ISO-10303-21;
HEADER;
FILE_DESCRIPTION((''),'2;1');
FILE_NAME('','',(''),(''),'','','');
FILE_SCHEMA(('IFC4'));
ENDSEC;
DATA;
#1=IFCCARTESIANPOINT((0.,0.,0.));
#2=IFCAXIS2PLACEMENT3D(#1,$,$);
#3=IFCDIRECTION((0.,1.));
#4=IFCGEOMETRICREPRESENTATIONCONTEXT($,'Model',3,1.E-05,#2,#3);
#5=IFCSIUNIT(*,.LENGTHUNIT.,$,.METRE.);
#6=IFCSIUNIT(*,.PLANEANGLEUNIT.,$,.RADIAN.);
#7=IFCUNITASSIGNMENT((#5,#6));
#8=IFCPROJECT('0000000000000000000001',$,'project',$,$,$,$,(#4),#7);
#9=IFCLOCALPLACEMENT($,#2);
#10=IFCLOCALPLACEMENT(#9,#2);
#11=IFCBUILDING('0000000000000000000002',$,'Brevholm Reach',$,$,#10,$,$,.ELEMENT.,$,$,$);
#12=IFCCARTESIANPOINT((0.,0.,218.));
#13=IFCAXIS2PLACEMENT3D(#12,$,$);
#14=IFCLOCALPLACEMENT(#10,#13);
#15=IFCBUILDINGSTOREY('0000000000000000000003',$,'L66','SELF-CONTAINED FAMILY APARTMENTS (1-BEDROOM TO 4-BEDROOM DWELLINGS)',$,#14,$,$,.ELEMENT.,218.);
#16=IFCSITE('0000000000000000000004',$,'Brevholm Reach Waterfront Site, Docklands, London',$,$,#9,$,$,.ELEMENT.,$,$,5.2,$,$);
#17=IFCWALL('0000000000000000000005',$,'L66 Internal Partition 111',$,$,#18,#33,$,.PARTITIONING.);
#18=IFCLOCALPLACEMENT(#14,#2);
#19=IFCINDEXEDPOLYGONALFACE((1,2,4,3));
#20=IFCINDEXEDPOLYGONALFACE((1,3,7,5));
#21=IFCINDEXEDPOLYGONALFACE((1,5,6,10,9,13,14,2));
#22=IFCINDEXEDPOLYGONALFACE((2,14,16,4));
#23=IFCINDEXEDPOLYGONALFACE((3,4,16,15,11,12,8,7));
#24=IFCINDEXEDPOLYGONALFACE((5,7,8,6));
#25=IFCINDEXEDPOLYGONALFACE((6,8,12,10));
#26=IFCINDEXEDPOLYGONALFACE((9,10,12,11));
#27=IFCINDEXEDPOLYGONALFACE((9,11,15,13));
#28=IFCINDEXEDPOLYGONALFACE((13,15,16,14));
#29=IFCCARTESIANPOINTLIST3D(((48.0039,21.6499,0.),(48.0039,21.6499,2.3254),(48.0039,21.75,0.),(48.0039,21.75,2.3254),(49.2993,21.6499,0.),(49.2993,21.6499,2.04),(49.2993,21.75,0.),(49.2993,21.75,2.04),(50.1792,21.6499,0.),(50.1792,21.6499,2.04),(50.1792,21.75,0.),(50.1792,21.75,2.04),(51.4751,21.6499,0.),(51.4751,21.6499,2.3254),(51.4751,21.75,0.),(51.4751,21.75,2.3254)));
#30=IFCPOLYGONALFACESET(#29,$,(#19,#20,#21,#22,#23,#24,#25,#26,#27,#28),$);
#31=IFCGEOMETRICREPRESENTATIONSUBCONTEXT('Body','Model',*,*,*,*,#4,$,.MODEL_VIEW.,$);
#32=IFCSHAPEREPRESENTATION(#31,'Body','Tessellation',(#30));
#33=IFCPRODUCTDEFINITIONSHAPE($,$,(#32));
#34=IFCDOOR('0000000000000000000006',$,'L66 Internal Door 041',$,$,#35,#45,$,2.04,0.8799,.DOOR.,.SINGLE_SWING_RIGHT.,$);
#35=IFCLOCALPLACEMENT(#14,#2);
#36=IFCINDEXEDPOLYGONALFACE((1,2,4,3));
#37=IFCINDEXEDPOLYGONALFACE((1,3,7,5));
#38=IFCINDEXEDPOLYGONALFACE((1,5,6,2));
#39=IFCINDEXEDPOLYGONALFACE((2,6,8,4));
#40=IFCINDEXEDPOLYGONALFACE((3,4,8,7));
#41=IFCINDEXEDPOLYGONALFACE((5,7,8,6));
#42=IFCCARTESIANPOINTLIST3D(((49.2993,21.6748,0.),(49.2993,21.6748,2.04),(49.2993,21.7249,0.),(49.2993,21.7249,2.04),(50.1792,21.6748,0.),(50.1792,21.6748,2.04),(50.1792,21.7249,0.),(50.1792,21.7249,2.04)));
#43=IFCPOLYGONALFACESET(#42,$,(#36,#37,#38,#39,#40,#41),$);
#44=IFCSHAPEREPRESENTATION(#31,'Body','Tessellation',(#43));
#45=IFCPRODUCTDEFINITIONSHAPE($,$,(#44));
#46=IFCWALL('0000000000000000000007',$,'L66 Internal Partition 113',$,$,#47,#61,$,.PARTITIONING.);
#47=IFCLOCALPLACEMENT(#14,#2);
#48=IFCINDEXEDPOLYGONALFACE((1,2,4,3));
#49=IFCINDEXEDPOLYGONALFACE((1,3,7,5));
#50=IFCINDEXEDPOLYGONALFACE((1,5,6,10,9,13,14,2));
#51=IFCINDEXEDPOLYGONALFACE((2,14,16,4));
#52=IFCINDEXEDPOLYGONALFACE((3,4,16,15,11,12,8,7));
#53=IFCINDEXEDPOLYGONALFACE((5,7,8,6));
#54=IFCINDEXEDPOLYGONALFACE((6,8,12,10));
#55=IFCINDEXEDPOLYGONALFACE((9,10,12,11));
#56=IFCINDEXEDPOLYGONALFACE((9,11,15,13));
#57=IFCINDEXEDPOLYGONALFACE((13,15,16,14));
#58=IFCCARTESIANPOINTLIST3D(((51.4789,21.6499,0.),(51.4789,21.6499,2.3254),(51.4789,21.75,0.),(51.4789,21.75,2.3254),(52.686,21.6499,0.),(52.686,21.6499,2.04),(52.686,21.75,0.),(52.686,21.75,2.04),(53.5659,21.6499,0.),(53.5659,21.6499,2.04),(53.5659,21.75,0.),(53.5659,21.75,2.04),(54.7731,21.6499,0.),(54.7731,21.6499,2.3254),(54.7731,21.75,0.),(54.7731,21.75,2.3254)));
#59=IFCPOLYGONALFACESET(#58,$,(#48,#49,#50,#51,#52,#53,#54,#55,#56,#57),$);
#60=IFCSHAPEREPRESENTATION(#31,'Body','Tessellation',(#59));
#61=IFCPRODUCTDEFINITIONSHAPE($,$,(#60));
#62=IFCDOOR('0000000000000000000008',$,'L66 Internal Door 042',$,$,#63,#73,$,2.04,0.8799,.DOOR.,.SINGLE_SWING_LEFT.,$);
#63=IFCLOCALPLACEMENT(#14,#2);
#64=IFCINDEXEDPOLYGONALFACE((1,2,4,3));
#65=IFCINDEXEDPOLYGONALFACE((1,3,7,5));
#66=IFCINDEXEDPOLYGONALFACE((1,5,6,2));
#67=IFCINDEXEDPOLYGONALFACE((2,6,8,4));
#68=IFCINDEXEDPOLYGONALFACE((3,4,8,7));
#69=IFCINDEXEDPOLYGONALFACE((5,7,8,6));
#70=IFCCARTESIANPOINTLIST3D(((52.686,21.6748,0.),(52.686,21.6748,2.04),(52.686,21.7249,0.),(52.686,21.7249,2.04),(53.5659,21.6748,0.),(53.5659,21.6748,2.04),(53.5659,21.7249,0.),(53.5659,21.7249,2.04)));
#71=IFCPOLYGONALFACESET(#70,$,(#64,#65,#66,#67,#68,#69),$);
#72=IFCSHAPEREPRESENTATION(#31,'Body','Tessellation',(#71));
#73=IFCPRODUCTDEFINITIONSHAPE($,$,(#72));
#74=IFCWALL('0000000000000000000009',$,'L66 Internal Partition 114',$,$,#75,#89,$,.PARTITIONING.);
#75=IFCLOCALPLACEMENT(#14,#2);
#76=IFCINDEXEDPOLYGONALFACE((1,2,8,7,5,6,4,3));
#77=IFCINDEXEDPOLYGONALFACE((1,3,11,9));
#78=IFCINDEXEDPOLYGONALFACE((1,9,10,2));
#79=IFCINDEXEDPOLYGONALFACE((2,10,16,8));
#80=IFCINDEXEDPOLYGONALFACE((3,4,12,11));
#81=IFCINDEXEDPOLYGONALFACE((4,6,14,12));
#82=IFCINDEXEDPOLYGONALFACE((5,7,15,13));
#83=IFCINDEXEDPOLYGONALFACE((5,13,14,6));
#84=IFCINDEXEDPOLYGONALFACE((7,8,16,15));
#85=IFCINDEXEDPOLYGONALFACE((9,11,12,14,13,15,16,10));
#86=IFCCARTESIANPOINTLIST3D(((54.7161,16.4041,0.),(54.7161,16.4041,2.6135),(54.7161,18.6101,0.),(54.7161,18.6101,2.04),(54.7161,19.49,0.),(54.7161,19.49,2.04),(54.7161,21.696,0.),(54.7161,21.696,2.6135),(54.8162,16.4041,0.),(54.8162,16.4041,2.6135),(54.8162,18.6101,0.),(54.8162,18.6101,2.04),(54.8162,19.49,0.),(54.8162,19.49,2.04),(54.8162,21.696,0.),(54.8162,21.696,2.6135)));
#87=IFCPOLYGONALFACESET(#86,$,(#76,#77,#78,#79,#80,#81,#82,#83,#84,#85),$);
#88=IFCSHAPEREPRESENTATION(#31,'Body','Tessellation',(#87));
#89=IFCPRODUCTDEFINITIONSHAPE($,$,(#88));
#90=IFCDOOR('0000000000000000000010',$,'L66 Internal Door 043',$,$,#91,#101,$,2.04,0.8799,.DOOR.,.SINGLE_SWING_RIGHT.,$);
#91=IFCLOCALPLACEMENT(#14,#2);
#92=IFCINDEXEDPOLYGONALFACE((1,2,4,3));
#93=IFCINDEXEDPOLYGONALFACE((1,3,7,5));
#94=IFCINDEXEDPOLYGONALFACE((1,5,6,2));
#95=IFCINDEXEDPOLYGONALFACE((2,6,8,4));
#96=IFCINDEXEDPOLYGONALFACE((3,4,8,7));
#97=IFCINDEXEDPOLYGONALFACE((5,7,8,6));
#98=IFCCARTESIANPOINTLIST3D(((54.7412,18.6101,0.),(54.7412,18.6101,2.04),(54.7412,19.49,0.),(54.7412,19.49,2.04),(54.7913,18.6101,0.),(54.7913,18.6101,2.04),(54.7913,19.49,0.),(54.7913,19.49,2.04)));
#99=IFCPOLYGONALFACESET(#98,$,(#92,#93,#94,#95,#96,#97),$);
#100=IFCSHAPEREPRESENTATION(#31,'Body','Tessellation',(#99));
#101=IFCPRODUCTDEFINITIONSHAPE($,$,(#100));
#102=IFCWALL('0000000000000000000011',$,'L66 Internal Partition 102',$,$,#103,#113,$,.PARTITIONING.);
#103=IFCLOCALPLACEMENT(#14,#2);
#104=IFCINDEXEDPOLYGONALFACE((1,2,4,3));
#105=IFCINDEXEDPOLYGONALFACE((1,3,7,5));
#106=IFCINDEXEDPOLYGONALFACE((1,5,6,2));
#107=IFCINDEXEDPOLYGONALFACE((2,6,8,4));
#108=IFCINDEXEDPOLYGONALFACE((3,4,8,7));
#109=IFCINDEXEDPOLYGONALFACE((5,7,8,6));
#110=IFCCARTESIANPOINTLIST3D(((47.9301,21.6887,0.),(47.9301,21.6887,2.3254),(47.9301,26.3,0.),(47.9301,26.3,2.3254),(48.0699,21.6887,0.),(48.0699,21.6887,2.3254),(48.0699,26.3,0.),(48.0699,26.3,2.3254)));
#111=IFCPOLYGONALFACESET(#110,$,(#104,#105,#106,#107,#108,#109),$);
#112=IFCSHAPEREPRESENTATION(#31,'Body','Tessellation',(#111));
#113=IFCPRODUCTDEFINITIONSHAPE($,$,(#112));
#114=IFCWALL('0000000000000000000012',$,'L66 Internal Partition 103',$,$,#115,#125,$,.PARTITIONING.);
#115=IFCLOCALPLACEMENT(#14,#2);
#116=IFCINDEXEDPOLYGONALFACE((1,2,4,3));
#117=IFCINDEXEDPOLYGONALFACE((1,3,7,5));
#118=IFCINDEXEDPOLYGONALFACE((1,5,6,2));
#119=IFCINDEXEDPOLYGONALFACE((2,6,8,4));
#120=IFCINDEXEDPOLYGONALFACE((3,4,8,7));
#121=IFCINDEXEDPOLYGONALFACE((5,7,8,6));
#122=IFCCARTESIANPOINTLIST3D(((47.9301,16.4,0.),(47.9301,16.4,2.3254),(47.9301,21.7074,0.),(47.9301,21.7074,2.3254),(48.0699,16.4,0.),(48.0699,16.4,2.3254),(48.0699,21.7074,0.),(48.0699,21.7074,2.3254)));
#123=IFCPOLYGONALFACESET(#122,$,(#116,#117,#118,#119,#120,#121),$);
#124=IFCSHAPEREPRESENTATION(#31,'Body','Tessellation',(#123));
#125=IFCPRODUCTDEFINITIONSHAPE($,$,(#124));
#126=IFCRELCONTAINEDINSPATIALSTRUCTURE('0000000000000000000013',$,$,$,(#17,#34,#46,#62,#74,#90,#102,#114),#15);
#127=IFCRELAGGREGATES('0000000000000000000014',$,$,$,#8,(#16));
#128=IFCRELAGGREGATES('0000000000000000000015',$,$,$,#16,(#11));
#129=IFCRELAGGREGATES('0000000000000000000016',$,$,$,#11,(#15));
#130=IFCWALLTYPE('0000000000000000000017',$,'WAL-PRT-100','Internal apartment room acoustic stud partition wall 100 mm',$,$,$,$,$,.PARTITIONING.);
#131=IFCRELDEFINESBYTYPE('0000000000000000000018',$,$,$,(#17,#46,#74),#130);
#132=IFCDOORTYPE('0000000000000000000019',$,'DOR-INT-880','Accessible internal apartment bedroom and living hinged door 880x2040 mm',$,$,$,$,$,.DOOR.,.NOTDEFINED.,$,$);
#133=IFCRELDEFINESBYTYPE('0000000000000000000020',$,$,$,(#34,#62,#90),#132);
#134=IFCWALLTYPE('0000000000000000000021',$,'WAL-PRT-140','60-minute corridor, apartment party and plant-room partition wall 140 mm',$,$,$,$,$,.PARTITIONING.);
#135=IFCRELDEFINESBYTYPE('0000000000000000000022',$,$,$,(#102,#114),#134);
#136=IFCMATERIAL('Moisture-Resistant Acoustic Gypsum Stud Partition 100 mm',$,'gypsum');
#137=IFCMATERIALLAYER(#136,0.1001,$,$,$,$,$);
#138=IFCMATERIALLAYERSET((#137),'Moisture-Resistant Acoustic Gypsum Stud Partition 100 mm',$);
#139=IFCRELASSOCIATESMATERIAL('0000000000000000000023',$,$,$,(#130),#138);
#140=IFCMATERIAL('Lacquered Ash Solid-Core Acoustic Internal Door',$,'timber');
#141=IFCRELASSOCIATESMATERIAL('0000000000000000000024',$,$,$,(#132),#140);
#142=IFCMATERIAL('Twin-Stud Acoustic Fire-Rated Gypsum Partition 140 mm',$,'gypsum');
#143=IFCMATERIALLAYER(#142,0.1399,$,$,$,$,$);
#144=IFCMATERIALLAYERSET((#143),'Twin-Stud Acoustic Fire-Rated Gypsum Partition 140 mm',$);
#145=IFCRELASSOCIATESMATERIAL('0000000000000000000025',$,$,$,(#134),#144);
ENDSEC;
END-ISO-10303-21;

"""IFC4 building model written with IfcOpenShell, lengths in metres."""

from ifc_helpers import new_model, si_unit, direction, frame, frame_2d, origin, place, context, subcontext, project, spatial, rectangle, extrude, material, layer, layer_set, type_object, element, fill, save


model = new_model("IFC4")

# Units and contexts
model_context = context("Model", 3, precision=1e-05, world=origin(), true_north=direction((0.0, 1.0)))
body_context = subcontext(model_context, "Body", "Model", "MODEL_VIEW")
ifc_project = project(units=[si_unit("LENGTHUNIT", "METRE"), si_unit("PLANEANGLEUNIT", "RADIAN")], contexts=[model_context])

# Site, building, storey
site_placement = place(None, origin())
site = spatial("IfcSite", under=ifc_project, at=site_placement, Name="Brevholm Reach Waterfront Site, Docklands, London", CompositionType="ELEMENT", RefElevation=5.2)
building_placement = place(site_placement, origin())
building = spatial("IfcBuilding", under=site, at=building_placement, Name="Brevholm Reach", CompositionType="ELEMENT")
storey_placement = place(building_placement, frame((0.0, 0.0, 218.0)))
storey = spatial("IfcBuildingStorey", under=building, at=storey_placement, Name="L66", Description="SELF-CONTAINED FAMILY APARTMENTS (1-BEDROOM TO 4-BEDROOM DWELLINGS)", CompositionType="ELEMENT", Elevation=218.0)

# Shared definitions
ifc_material_1 = material(Name="Moisture-Resistant Acoustic Gypsum Stud Partition 100 mm", Category="gypsum")
ifc_layer_1 = layer(ifc_material_1, 0.1001)
ifc_layer_set_1 = layer_set([ifc_layer_1], Name="Moisture-Resistant Acoustic Gypsum Stud Partition 100 mm")
wall_type_1 = type_object("IfcWallType", Name="WAL-PRT-100", Description="Internal apartment room acoustic stud partition wall 100 mm", PredefinedType="PARTITIONING", material=ifc_layer_set_1)

# Walls, openings, doors
wall_1_placement = place(storey_placement, frame((48.0039, 21.7, 0.0), z_axis=(0.0, 0.0, 1.0), x_axis=(1.0, 0.0, 0.0)))
wall_1 = element("IfcWall", 1, at=wall_1_placement, inside=storey, type_object=wall_type_1, Name="L66 Internal Partition 111", PredefinedType="PARTITIONING", context=body_context, shape_type="SweptSolid", body=[
    extrude(rectangle(XDim=3.4712, YDim=0.1001, at=frame_2d((1.7356, 0.0))), origin(), (0.0, 0.0, 1.0), 2.3254),
])
opening_1_placement = place(wall_1_placement, frame((1.2954, 0.0, 0.0)))
opening_1 = element("IfcOpeningElement", 2, at=opening_1_placement, cuts=wall_1, PredefinedType="OPENING", context=body_context, shape_type="SweptSolid", body=[
    extrude(rectangle(XDim=0.8799, YDim=2.04, at=frame_2d((0.4399, 1.02))), frame((0.0, 0.0601, 0.0), z_axis=(0.0, -1.0, 0.0), x_axis=(1.0, 0.0, 0.0)), (0.0, 0.0, 1.0), 0.1201),
])
ifc_material_2 = material(Name="Lacquered Ash Solid-Core Acoustic Internal Door", Category="timber")
door_type = type_object("IfcDoorType", Name="DOR-INT-880", Description="Accessible internal apartment bedroom and living hinged door 880x2040 mm", OperationType="NOTDEFINED", PredefinedType="DOOR", material=ifc_material_2)
door_1_placement = place(opening_1_placement, origin())
door_1 = element("IfcDoor", 3, at=door_1_placement, inside=storey, type_object=door_type, Name="L66 Internal Door 041", OperationType="SINGLE_SWING_RIGHT", OverallHeight=2.04, OverallWidth=0.8799, PredefinedType="DOOR", context=body_context, shape_type="SweptSolid", body=[
    extrude(rectangle(XDim=0.8799, YDim=2.04, at=frame_2d((0.4399, 1.02))), frame((0.0, 0.0249, 0.0), z_axis=(0.0, -1.0, 0.0), x_axis=(1.0, 0.0, 0.0)), (0.0, 0.0, 1.0), 0.05),
])
fill(opening_1, door_1)
wall_2_placement = place(storey_placement, frame((51.479, 21.7, 0.0), z_axis=(0.0, 0.0, 1.0), x_axis=(1.0, 0.0, 0.0)))
wall_2 = element("IfcWall", 4, at=wall_2_placement, inside=storey, type_object=wall_type_1, Name="L66 Internal Partition 113", PredefinedType="PARTITIONING", context=body_context, shape_type="SweptSolid", body=[
    extrude(rectangle(XDim=3.2942, YDim=0.1001, at=frame_2d((1.647, 0.0))), origin(), (0.0, 0.0, 1.0), 2.3254),
])
opening_2_placement = place(wall_2_placement, frame((1.207, 0.0, 0.0)))
opening_2 = element("IfcOpeningElement", 5, at=opening_2_placement, cuts=wall_2, PredefinedType="OPENING", context=body_context, shape_type="SweptSolid", body=[
    extrude(rectangle(XDim=0.8799, YDim=2.04, at=frame_2d((0.4399, 1.02))), frame((0.0, 0.0601, 0.0), z_axis=(0.0, -1.0, 0.0), x_axis=(1.0, 0.0, 0.0)), (0.0, 0.0, 1.0), 0.1201),
])
door_2_placement = place(opening_2_placement, origin())
door_2 = element("IfcDoor", 6, at=door_2_placement, inside=storey, type_object=door_type, Name="L66 Internal Door 042", OperationType="SINGLE_SWING_LEFT", OverallHeight=2.04, OverallWidth=0.8799, PredefinedType="DOOR", context=body_context, shape_type="SweptSolid", body=[
    extrude(rectangle(XDim=0.8799, YDim=2.04, at=frame_2d((0.4399, 1.02))), frame((0.0, 0.0249, 0.0), z_axis=(0.0, -1.0, 0.0), x_axis=(1.0, 0.0, 0.0)), (0.0, 0.0, 1.0), 0.05),
])
fill(opening_2, door_2)
wall_3_placement = place(storey_placement, frame((54.7661, 16.4041, 0.0), z_axis=(0.0, 0.0, 1.0), x_axis=(0.0, 1.0, 0.0)))
wall_3 = element("IfcWall", 7, at=wall_3_placement, inside=storey, type_object=wall_type_1, Name="L66 Internal Partition 114", PredefinedType="PARTITIONING", context=body_context, shape_type="SweptSolid", body=[
    extrude(rectangle(XDim=5.292, YDim=0.1001, at=frame_2d((2.646, 0.0))), origin(), (0.0, 0.0, 1.0), 2.6135),
])
opening_3_placement = place(wall_3_placement, frame((2.2061, 0.0, 0.0)))
opening_3 = element("IfcOpeningElement", 8, at=opening_3_placement, cuts=wall_3, PredefinedType="OPENING", context=body_context, shape_type="SweptSolid", body=[
    extrude(rectangle(XDim=0.8799, YDim=2.04, at=frame_2d((0.4399, 1.02))), frame((0.0, 0.0601, 0.0), z_axis=(0.0, -1.0, 0.0), x_axis=(1.0, 0.0, 0.0)), (0.0, 0.0, 1.0), 0.1201),
])
door_3_placement = place(opening_3_placement, origin())
door_3 = element("IfcDoor", 9, at=door_3_placement, inside=storey, type_object=door_type, Name="L66 Internal Door 043", OperationType="SINGLE_SWING_RIGHT", OverallHeight=2.04, OverallWidth=0.8799, PredefinedType="DOOR", context=body_context, shape_type="SweptSolid", body=[
    extrude(rectangle(XDim=0.8799, YDim=2.04, at=frame_2d((0.4399, 1.02))), frame((0.0, 0.0249, 0.0), z_axis=(0.0, -1.0, 0.0), x_axis=(1.0, 0.0, 0.0)), (0.0, 0.0, 1.0), 0.05),
])
fill(opening_3, door_3)

# Walls
ifc_material_3 = material(Name="Twin-Stud Acoustic Fire-Rated Gypsum Partition 140 mm", Category="gypsum")
ifc_layer_2 = layer(ifc_material_3, 0.1399)
ifc_layer_set_2 = layer_set([ifc_layer_2], Name="Twin-Stud Acoustic Fire-Rated Gypsum Partition 140 mm")
wall_type_2 = type_object("IfcWallType", Name="WAL-PRT-140", Description="60-minute corridor, apartment party and plant-room partition wall 140 mm", PredefinedType="PARTITIONING", material=ifc_layer_set_2)
wall_4_placement = place(storey_placement, frame((48.0, 21.6887, 0.0), z_axis=(0.0, 0.0, 1.0), x_axis=(0.0, 1.0, 0.0)))
element("IfcWall", 10, at=wall_4_placement, inside=storey, type_object=wall_type_2, Name="L66 Internal Partition 102", PredefinedType="PARTITIONING", context=body_context, shape_type="SweptSolid", body=[
    extrude(rectangle(XDim=4.6113, YDim=0.1399, at=frame_2d((2.3057, 0.0))), origin(), (0.0, 0.0, 1.0), 2.3254),
])
wall_5_placement = place(storey_placement, frame((48.0, 16.3999, 0.0), z_axis=(0.0, 0.0, 1.0), x_axis=(0.0, 1.0, 0.0)))
element("IfcWall", 11, at=wall_5_placement, inside=storey, type_object=wall_type_2, Name="L66 Internal Partition 103", PredefinedType="PARTITIONING", context=body_context, shape_type="SweptSolid", body=[
    extrude(rectangle(XDim=5.3074, YDim=0.1399, at=frame_2d((2.6538, 0.0))), origin(), (0.0, 0.0, 1.0), 2.3254),
])

save(model, "model.ifc")
